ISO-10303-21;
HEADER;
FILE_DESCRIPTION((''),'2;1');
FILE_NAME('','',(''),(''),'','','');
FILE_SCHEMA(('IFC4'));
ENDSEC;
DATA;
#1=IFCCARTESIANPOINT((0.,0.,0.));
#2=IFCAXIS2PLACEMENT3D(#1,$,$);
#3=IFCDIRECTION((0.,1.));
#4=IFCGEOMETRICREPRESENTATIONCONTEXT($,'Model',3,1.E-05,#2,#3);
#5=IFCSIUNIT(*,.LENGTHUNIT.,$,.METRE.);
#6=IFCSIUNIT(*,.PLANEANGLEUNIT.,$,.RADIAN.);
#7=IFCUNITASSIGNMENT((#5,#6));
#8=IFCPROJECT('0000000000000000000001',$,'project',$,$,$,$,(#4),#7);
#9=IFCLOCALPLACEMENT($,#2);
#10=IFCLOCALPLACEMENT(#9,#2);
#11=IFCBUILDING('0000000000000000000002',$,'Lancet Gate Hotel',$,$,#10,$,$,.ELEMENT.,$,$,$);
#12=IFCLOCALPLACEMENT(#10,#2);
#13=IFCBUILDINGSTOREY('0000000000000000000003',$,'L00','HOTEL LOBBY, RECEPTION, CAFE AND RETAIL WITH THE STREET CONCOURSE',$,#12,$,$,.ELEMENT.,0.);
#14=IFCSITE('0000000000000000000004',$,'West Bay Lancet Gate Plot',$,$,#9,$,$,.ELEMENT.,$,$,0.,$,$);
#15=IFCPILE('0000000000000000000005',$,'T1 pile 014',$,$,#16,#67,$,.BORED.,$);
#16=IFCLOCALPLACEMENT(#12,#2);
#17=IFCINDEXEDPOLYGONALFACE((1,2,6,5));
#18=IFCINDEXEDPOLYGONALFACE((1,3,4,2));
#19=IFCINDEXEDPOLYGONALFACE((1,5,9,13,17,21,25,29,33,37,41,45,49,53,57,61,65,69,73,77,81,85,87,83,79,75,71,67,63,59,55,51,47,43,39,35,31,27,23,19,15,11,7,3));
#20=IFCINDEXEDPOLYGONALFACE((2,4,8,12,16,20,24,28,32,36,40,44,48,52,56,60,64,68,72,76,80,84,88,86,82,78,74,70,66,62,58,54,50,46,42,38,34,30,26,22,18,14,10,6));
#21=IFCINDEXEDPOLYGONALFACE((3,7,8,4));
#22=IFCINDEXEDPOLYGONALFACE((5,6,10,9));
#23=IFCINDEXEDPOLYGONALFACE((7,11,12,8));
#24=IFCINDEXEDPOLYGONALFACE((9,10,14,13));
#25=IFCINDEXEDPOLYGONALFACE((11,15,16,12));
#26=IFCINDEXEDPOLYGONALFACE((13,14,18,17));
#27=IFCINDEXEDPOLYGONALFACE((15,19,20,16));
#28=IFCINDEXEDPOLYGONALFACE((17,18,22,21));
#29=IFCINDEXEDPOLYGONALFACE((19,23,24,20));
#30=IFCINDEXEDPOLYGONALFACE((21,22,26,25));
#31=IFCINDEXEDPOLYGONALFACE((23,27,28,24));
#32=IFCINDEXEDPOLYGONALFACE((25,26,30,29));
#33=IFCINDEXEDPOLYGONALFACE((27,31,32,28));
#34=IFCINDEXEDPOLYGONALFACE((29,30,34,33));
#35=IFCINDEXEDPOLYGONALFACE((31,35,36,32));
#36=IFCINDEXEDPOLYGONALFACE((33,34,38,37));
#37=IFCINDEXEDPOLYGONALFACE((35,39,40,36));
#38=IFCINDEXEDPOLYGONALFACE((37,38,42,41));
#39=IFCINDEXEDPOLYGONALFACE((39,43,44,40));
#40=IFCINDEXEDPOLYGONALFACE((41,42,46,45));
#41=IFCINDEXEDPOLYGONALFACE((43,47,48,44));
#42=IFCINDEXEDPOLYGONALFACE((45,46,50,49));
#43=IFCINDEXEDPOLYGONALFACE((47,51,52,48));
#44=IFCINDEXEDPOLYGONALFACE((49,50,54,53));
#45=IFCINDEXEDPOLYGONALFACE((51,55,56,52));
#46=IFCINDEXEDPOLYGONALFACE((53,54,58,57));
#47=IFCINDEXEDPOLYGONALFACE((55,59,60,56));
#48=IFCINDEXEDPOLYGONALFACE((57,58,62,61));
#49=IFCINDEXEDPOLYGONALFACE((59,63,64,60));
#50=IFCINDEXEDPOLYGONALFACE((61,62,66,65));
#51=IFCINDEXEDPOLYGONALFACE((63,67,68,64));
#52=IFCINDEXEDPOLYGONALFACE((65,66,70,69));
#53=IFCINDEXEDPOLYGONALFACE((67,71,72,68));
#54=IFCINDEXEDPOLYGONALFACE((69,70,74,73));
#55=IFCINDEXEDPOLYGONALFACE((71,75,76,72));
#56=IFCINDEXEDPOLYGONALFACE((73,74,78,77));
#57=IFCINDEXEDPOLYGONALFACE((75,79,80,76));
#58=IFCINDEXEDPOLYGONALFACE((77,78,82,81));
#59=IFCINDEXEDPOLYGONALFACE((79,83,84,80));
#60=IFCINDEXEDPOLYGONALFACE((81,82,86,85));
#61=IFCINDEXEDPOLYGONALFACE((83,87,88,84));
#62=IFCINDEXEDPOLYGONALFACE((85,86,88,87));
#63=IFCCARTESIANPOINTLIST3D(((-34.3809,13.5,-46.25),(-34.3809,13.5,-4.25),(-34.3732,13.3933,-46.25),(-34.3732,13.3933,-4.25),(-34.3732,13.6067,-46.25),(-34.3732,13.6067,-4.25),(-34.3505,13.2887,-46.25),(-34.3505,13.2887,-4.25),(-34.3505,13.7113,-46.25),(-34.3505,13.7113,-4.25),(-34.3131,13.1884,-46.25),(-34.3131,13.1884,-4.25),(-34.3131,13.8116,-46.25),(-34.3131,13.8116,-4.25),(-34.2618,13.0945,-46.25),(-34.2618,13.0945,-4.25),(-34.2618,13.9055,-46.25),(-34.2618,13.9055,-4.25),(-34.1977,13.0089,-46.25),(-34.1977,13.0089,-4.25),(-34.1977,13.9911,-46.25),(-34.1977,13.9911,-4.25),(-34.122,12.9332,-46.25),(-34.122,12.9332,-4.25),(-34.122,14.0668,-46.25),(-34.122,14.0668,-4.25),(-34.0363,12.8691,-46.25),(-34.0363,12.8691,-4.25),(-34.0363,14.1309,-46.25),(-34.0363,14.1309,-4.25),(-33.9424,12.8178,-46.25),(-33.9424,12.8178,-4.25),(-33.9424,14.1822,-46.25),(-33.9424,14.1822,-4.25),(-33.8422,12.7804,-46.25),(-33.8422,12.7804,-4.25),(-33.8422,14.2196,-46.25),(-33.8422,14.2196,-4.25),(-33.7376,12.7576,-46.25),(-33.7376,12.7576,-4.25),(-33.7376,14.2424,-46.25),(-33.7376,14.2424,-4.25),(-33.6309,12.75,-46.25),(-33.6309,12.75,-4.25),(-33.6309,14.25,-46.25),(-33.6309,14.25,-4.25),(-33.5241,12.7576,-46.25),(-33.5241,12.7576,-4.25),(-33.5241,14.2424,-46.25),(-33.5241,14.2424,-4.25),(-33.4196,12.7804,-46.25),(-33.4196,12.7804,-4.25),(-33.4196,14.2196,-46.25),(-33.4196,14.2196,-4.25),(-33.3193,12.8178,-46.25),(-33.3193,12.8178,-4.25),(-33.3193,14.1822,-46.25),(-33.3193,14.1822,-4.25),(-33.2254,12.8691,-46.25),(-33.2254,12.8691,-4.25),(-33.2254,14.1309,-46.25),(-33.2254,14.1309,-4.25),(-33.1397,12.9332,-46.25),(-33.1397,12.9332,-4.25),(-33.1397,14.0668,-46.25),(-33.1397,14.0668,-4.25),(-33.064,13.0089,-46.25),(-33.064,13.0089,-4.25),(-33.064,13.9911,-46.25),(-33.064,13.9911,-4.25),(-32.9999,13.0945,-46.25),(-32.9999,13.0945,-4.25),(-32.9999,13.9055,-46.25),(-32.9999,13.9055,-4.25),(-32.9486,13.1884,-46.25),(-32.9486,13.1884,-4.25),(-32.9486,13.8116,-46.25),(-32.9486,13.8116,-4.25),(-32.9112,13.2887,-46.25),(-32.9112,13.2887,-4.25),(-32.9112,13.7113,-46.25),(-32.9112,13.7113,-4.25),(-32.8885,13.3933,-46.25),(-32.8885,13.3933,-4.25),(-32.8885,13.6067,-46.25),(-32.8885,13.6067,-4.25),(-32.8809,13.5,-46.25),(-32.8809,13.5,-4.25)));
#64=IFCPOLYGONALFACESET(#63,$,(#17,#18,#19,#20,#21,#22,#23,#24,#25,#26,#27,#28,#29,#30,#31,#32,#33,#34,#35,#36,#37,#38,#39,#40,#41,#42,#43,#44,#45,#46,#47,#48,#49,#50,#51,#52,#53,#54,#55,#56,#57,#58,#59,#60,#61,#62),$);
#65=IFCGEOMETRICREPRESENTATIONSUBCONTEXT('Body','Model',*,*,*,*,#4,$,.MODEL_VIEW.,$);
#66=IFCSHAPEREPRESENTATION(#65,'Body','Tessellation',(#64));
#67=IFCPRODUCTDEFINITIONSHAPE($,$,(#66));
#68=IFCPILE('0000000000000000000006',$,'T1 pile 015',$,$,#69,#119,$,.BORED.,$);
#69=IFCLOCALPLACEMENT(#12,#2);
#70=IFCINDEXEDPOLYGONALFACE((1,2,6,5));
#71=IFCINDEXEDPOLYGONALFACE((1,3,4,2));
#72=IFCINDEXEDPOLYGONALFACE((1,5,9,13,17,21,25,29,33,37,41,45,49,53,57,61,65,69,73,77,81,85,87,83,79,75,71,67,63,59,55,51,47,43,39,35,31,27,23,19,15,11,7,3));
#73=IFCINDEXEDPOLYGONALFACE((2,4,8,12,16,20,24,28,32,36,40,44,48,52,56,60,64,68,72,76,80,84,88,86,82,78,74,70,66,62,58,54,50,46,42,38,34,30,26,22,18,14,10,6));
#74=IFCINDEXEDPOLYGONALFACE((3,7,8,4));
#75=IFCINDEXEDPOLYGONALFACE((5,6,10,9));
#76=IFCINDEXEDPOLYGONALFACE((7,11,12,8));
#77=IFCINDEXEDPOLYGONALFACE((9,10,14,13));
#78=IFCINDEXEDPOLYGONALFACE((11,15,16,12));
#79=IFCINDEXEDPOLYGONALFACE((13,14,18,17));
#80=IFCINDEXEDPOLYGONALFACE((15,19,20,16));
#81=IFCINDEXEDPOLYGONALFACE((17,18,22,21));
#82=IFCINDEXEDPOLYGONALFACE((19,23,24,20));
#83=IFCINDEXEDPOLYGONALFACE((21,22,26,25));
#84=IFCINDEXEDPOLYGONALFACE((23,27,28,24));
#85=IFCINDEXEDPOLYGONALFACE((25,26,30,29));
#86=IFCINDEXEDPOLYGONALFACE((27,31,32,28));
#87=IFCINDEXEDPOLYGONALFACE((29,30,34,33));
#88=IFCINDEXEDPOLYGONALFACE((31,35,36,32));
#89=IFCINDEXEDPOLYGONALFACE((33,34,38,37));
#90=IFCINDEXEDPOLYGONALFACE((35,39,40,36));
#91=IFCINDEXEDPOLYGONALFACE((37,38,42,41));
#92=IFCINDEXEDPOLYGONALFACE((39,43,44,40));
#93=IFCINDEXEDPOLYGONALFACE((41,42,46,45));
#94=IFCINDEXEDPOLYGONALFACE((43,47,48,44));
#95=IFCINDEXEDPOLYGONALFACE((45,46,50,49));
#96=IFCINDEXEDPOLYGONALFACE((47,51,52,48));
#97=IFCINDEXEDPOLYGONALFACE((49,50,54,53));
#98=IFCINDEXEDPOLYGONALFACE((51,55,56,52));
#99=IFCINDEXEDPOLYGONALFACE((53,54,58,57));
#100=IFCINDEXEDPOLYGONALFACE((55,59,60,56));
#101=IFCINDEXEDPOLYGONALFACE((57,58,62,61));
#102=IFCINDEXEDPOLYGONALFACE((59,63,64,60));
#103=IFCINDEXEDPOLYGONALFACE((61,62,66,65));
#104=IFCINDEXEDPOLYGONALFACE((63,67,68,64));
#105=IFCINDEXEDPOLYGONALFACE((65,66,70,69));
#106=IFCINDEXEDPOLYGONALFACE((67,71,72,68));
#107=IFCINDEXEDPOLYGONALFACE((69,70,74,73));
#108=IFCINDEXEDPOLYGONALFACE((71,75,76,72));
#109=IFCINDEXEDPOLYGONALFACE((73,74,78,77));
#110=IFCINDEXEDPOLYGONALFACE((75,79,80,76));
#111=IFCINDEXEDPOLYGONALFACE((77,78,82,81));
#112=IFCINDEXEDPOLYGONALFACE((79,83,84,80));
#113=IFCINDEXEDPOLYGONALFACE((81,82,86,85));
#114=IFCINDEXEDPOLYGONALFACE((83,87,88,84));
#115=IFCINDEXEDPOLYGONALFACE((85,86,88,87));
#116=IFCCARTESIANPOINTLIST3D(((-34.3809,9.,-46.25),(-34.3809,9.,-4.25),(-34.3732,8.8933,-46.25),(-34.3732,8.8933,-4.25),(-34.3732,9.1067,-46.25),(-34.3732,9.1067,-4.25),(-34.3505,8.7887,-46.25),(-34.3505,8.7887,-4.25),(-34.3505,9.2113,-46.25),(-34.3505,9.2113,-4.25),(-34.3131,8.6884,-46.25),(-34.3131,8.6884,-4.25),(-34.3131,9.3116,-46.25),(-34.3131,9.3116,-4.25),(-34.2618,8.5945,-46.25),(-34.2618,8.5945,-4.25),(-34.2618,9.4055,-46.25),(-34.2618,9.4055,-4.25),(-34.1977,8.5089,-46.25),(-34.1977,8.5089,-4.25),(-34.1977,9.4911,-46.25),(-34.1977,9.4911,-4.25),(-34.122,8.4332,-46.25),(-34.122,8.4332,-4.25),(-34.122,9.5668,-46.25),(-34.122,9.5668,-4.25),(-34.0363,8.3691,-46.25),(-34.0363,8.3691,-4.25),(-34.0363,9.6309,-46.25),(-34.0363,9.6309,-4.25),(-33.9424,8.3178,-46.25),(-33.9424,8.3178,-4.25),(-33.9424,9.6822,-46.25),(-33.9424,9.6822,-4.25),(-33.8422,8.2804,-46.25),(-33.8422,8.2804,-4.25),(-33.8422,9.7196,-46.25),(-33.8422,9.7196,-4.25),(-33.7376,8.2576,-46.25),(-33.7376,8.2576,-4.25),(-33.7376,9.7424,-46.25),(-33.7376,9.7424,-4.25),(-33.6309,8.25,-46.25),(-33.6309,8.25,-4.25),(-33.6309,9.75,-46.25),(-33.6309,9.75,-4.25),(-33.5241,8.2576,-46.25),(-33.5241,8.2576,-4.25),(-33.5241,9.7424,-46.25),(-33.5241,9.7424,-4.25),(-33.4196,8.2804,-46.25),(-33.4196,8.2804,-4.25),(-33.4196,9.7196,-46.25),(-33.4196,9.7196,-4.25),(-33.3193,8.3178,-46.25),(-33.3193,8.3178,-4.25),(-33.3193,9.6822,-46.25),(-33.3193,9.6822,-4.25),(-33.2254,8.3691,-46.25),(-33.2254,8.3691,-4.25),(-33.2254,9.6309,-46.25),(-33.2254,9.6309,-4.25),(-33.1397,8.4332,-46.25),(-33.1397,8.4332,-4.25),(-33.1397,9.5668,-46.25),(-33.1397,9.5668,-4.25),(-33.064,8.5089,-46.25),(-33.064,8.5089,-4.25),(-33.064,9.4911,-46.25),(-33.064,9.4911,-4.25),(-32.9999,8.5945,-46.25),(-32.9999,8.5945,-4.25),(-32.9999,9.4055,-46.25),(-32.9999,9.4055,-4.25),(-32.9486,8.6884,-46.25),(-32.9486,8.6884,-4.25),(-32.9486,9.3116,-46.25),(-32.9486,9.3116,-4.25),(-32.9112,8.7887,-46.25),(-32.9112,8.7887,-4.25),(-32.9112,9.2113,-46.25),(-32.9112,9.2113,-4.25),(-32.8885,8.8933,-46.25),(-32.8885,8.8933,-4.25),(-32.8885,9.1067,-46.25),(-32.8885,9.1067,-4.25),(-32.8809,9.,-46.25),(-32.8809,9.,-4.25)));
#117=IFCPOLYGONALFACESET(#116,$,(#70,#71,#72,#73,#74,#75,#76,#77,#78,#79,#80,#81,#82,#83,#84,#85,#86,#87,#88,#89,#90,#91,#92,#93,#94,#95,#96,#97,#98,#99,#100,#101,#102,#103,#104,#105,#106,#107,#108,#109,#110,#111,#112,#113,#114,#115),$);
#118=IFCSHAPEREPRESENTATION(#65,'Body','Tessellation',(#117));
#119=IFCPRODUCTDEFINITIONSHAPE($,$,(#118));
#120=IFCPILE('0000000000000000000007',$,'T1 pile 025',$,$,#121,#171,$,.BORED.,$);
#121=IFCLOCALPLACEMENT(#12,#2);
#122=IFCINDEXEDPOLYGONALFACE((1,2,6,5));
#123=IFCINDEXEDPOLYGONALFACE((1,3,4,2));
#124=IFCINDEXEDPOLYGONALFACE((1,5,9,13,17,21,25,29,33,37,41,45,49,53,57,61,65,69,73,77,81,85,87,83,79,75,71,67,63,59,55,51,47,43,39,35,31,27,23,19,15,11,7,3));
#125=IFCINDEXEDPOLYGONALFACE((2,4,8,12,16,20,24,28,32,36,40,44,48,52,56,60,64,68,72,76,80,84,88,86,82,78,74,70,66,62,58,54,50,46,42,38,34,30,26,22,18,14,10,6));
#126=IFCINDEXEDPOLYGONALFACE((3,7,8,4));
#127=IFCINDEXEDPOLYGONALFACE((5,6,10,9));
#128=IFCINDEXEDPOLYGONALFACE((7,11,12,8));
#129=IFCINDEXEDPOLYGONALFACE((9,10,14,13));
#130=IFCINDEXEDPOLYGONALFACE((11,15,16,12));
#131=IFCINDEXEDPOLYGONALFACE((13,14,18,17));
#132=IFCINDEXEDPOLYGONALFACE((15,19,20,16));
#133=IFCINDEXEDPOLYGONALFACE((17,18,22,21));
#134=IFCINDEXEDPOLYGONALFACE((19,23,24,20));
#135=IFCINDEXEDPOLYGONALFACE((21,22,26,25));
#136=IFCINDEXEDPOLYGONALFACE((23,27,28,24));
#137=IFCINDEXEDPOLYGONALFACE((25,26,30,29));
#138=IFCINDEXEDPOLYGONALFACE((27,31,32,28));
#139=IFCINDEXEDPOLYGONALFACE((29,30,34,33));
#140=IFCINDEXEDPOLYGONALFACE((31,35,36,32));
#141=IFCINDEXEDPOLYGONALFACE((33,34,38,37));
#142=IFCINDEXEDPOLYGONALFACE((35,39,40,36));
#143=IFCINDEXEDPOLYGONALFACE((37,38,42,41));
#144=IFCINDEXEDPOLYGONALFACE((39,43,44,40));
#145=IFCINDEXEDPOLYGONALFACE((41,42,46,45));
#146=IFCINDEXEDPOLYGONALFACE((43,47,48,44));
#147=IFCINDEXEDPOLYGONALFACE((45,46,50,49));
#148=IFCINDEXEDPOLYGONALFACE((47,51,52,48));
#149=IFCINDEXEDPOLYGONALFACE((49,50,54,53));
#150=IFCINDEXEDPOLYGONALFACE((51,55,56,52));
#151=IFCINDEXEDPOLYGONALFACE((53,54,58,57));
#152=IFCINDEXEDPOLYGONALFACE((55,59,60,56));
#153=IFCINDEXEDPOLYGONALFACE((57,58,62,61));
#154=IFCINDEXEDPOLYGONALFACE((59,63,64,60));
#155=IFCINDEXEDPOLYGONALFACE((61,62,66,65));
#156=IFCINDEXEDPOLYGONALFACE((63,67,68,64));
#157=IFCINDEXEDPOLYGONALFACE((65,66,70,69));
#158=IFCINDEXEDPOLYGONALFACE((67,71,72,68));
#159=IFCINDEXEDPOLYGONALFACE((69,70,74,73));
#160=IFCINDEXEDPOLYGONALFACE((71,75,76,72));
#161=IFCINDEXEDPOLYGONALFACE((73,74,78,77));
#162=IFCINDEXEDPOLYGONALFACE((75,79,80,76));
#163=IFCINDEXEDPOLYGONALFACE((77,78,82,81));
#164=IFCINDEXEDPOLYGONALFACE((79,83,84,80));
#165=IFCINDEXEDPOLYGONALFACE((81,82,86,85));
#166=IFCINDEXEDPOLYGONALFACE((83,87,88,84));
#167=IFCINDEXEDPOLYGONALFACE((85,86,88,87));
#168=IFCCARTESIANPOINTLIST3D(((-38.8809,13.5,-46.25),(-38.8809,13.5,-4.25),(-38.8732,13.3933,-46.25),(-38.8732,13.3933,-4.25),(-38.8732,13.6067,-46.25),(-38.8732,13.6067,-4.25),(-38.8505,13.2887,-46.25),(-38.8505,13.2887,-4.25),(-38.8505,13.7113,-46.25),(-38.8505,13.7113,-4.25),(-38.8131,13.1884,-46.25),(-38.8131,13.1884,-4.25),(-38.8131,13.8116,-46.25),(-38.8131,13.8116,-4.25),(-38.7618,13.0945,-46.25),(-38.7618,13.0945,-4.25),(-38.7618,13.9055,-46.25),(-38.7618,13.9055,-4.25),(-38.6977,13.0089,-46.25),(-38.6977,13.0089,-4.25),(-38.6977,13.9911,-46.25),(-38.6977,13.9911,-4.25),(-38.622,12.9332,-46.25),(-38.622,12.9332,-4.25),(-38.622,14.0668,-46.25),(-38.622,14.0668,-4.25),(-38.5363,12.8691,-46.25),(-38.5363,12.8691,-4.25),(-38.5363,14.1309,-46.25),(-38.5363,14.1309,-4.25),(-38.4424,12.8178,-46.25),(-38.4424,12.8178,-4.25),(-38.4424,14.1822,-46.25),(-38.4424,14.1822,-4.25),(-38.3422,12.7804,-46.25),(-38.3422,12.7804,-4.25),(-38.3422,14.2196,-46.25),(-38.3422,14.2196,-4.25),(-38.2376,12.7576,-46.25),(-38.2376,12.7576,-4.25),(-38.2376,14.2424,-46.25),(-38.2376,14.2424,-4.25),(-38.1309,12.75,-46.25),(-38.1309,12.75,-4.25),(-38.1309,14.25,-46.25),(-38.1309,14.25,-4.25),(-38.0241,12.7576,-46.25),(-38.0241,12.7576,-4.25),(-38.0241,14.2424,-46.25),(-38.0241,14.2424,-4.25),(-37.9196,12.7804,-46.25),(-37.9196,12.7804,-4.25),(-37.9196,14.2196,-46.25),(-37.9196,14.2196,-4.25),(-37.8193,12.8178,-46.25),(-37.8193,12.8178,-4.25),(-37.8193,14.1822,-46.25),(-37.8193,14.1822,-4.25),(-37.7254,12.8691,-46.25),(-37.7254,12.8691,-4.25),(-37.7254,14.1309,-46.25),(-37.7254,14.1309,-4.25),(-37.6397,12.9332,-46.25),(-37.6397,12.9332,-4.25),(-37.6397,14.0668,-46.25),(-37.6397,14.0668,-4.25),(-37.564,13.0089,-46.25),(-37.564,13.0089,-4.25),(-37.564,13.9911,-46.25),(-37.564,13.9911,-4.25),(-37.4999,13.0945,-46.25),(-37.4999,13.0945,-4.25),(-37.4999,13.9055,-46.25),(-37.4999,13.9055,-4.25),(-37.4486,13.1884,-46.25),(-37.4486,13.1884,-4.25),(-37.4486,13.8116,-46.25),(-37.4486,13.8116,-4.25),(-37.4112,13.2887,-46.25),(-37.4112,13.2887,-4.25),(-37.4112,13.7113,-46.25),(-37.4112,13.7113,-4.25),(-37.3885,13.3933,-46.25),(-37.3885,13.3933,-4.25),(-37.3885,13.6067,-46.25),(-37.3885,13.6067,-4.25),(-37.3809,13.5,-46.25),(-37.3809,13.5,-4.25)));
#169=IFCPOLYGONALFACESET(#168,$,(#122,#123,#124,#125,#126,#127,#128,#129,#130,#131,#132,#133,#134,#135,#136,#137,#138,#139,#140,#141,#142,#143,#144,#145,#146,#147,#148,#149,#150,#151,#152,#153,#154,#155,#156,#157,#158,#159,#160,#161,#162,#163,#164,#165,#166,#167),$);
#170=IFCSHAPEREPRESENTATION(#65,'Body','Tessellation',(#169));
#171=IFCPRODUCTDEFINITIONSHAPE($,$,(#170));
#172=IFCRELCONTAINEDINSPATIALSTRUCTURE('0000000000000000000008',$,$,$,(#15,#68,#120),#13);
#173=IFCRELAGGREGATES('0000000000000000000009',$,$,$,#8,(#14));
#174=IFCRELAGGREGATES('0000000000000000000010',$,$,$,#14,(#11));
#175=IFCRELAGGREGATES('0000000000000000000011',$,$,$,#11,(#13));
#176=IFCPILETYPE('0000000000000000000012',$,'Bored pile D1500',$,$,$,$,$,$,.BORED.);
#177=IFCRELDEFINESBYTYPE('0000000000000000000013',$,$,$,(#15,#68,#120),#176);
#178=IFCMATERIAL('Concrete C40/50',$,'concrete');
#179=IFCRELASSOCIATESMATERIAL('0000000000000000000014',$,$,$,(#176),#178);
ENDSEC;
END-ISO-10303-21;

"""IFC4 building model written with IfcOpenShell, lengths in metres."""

from ifc_helpers import new_model, si_unit, direction, frame, origin, origin_2d, place, context, subcontext, project, spatial, circle, extrude, material, material_profile, profile_set, type_object, element, save


model = new_model("IFC4")

# Units and contexts
model_context = context("Model", 3, precision=1e-05, world=origin(), true_north=direction((0.0, 1.0)))
body_context = subcontext(model_context, "Body", "Model", "MODEL_VIEW")
ifc_project = project(units=[si_unit("LENGTHUNIT", "METRE"), si_unit("PLANEANGLEUNIT", "RADIAN")], contexts=[model_context])

# Site, building, storey
site_placement = place(None, origin())
site = spatial("IfcSite", under=ifc_project, at=site_placement, Name="West Bay Lancet Gate Plot", CompositionType="ELEMENT", RefElevation=0.0)
building_placement = place(site_placement, origin())
building = spatial("IfcBuilding", under=site, at=building_placement, Name="Lancet Gate Hotel", CompositionType="ELEMENT")
storey_placement = place(building_placement, origin())
storey = spatial("IfcBuildingStorey", under=building, at=storey_placement, Name="L00", Description="HOTEL LOBBY, RECEPTION, CAFE AND RETAIL WITH THE STREET CONCOURSE", CompositionType="ELEMENT", Elevation=0.0)

# Piles
ifc_material_1 = material(Name="Concrete C40/50", Category="concrete")
ifc_material_profile_1 = material_profile(ifc_material_1, circle(Radius=0.75, at=origin_2d()), Name="PILE D1500")
ifc_profile_set_1 = profile_set([ifc_material_profile_1], Name="Concrete C40/50")
pile_type = type_object("IfcPileType", Name="Bored pile D1500", PredefinedType="BORED", material=ifc_profile_set_1)
for number, where, z_axis, x_axis, name in (
    (1, (-33.6309, 13.5, -4.25), (0.0, 0.0, -1.0), (1.0, 0.0, 0.0), "T1 pile 014"),
    (2, (-33.6309, 9.0, -4.25), (0.0, 0.0, -1.0), (1.0, 0.0, 0.0), "T1 pile 015"),
    (3, (-38.1309, 13.5, -4.25), (0.0, 0.0, -1.0), (1.0, 0.0, 0.0), "T1 pile 025"),
):
    element("IfcPile", number, at=place(storey_placement, frame(where, z_axis=z_axis, x_axis=x_axis)), inside=storey, type_object=pile_type, Name=name, PredefinedType="BORED", context=body_context, shape_type="SweptSolid", body=[
        extrude(circle(Radius=0.75, at=origin_2d()), origin(), (0.0, 0.0, 1.0), 42.0),
    ])

save(model, "model.ifc")
